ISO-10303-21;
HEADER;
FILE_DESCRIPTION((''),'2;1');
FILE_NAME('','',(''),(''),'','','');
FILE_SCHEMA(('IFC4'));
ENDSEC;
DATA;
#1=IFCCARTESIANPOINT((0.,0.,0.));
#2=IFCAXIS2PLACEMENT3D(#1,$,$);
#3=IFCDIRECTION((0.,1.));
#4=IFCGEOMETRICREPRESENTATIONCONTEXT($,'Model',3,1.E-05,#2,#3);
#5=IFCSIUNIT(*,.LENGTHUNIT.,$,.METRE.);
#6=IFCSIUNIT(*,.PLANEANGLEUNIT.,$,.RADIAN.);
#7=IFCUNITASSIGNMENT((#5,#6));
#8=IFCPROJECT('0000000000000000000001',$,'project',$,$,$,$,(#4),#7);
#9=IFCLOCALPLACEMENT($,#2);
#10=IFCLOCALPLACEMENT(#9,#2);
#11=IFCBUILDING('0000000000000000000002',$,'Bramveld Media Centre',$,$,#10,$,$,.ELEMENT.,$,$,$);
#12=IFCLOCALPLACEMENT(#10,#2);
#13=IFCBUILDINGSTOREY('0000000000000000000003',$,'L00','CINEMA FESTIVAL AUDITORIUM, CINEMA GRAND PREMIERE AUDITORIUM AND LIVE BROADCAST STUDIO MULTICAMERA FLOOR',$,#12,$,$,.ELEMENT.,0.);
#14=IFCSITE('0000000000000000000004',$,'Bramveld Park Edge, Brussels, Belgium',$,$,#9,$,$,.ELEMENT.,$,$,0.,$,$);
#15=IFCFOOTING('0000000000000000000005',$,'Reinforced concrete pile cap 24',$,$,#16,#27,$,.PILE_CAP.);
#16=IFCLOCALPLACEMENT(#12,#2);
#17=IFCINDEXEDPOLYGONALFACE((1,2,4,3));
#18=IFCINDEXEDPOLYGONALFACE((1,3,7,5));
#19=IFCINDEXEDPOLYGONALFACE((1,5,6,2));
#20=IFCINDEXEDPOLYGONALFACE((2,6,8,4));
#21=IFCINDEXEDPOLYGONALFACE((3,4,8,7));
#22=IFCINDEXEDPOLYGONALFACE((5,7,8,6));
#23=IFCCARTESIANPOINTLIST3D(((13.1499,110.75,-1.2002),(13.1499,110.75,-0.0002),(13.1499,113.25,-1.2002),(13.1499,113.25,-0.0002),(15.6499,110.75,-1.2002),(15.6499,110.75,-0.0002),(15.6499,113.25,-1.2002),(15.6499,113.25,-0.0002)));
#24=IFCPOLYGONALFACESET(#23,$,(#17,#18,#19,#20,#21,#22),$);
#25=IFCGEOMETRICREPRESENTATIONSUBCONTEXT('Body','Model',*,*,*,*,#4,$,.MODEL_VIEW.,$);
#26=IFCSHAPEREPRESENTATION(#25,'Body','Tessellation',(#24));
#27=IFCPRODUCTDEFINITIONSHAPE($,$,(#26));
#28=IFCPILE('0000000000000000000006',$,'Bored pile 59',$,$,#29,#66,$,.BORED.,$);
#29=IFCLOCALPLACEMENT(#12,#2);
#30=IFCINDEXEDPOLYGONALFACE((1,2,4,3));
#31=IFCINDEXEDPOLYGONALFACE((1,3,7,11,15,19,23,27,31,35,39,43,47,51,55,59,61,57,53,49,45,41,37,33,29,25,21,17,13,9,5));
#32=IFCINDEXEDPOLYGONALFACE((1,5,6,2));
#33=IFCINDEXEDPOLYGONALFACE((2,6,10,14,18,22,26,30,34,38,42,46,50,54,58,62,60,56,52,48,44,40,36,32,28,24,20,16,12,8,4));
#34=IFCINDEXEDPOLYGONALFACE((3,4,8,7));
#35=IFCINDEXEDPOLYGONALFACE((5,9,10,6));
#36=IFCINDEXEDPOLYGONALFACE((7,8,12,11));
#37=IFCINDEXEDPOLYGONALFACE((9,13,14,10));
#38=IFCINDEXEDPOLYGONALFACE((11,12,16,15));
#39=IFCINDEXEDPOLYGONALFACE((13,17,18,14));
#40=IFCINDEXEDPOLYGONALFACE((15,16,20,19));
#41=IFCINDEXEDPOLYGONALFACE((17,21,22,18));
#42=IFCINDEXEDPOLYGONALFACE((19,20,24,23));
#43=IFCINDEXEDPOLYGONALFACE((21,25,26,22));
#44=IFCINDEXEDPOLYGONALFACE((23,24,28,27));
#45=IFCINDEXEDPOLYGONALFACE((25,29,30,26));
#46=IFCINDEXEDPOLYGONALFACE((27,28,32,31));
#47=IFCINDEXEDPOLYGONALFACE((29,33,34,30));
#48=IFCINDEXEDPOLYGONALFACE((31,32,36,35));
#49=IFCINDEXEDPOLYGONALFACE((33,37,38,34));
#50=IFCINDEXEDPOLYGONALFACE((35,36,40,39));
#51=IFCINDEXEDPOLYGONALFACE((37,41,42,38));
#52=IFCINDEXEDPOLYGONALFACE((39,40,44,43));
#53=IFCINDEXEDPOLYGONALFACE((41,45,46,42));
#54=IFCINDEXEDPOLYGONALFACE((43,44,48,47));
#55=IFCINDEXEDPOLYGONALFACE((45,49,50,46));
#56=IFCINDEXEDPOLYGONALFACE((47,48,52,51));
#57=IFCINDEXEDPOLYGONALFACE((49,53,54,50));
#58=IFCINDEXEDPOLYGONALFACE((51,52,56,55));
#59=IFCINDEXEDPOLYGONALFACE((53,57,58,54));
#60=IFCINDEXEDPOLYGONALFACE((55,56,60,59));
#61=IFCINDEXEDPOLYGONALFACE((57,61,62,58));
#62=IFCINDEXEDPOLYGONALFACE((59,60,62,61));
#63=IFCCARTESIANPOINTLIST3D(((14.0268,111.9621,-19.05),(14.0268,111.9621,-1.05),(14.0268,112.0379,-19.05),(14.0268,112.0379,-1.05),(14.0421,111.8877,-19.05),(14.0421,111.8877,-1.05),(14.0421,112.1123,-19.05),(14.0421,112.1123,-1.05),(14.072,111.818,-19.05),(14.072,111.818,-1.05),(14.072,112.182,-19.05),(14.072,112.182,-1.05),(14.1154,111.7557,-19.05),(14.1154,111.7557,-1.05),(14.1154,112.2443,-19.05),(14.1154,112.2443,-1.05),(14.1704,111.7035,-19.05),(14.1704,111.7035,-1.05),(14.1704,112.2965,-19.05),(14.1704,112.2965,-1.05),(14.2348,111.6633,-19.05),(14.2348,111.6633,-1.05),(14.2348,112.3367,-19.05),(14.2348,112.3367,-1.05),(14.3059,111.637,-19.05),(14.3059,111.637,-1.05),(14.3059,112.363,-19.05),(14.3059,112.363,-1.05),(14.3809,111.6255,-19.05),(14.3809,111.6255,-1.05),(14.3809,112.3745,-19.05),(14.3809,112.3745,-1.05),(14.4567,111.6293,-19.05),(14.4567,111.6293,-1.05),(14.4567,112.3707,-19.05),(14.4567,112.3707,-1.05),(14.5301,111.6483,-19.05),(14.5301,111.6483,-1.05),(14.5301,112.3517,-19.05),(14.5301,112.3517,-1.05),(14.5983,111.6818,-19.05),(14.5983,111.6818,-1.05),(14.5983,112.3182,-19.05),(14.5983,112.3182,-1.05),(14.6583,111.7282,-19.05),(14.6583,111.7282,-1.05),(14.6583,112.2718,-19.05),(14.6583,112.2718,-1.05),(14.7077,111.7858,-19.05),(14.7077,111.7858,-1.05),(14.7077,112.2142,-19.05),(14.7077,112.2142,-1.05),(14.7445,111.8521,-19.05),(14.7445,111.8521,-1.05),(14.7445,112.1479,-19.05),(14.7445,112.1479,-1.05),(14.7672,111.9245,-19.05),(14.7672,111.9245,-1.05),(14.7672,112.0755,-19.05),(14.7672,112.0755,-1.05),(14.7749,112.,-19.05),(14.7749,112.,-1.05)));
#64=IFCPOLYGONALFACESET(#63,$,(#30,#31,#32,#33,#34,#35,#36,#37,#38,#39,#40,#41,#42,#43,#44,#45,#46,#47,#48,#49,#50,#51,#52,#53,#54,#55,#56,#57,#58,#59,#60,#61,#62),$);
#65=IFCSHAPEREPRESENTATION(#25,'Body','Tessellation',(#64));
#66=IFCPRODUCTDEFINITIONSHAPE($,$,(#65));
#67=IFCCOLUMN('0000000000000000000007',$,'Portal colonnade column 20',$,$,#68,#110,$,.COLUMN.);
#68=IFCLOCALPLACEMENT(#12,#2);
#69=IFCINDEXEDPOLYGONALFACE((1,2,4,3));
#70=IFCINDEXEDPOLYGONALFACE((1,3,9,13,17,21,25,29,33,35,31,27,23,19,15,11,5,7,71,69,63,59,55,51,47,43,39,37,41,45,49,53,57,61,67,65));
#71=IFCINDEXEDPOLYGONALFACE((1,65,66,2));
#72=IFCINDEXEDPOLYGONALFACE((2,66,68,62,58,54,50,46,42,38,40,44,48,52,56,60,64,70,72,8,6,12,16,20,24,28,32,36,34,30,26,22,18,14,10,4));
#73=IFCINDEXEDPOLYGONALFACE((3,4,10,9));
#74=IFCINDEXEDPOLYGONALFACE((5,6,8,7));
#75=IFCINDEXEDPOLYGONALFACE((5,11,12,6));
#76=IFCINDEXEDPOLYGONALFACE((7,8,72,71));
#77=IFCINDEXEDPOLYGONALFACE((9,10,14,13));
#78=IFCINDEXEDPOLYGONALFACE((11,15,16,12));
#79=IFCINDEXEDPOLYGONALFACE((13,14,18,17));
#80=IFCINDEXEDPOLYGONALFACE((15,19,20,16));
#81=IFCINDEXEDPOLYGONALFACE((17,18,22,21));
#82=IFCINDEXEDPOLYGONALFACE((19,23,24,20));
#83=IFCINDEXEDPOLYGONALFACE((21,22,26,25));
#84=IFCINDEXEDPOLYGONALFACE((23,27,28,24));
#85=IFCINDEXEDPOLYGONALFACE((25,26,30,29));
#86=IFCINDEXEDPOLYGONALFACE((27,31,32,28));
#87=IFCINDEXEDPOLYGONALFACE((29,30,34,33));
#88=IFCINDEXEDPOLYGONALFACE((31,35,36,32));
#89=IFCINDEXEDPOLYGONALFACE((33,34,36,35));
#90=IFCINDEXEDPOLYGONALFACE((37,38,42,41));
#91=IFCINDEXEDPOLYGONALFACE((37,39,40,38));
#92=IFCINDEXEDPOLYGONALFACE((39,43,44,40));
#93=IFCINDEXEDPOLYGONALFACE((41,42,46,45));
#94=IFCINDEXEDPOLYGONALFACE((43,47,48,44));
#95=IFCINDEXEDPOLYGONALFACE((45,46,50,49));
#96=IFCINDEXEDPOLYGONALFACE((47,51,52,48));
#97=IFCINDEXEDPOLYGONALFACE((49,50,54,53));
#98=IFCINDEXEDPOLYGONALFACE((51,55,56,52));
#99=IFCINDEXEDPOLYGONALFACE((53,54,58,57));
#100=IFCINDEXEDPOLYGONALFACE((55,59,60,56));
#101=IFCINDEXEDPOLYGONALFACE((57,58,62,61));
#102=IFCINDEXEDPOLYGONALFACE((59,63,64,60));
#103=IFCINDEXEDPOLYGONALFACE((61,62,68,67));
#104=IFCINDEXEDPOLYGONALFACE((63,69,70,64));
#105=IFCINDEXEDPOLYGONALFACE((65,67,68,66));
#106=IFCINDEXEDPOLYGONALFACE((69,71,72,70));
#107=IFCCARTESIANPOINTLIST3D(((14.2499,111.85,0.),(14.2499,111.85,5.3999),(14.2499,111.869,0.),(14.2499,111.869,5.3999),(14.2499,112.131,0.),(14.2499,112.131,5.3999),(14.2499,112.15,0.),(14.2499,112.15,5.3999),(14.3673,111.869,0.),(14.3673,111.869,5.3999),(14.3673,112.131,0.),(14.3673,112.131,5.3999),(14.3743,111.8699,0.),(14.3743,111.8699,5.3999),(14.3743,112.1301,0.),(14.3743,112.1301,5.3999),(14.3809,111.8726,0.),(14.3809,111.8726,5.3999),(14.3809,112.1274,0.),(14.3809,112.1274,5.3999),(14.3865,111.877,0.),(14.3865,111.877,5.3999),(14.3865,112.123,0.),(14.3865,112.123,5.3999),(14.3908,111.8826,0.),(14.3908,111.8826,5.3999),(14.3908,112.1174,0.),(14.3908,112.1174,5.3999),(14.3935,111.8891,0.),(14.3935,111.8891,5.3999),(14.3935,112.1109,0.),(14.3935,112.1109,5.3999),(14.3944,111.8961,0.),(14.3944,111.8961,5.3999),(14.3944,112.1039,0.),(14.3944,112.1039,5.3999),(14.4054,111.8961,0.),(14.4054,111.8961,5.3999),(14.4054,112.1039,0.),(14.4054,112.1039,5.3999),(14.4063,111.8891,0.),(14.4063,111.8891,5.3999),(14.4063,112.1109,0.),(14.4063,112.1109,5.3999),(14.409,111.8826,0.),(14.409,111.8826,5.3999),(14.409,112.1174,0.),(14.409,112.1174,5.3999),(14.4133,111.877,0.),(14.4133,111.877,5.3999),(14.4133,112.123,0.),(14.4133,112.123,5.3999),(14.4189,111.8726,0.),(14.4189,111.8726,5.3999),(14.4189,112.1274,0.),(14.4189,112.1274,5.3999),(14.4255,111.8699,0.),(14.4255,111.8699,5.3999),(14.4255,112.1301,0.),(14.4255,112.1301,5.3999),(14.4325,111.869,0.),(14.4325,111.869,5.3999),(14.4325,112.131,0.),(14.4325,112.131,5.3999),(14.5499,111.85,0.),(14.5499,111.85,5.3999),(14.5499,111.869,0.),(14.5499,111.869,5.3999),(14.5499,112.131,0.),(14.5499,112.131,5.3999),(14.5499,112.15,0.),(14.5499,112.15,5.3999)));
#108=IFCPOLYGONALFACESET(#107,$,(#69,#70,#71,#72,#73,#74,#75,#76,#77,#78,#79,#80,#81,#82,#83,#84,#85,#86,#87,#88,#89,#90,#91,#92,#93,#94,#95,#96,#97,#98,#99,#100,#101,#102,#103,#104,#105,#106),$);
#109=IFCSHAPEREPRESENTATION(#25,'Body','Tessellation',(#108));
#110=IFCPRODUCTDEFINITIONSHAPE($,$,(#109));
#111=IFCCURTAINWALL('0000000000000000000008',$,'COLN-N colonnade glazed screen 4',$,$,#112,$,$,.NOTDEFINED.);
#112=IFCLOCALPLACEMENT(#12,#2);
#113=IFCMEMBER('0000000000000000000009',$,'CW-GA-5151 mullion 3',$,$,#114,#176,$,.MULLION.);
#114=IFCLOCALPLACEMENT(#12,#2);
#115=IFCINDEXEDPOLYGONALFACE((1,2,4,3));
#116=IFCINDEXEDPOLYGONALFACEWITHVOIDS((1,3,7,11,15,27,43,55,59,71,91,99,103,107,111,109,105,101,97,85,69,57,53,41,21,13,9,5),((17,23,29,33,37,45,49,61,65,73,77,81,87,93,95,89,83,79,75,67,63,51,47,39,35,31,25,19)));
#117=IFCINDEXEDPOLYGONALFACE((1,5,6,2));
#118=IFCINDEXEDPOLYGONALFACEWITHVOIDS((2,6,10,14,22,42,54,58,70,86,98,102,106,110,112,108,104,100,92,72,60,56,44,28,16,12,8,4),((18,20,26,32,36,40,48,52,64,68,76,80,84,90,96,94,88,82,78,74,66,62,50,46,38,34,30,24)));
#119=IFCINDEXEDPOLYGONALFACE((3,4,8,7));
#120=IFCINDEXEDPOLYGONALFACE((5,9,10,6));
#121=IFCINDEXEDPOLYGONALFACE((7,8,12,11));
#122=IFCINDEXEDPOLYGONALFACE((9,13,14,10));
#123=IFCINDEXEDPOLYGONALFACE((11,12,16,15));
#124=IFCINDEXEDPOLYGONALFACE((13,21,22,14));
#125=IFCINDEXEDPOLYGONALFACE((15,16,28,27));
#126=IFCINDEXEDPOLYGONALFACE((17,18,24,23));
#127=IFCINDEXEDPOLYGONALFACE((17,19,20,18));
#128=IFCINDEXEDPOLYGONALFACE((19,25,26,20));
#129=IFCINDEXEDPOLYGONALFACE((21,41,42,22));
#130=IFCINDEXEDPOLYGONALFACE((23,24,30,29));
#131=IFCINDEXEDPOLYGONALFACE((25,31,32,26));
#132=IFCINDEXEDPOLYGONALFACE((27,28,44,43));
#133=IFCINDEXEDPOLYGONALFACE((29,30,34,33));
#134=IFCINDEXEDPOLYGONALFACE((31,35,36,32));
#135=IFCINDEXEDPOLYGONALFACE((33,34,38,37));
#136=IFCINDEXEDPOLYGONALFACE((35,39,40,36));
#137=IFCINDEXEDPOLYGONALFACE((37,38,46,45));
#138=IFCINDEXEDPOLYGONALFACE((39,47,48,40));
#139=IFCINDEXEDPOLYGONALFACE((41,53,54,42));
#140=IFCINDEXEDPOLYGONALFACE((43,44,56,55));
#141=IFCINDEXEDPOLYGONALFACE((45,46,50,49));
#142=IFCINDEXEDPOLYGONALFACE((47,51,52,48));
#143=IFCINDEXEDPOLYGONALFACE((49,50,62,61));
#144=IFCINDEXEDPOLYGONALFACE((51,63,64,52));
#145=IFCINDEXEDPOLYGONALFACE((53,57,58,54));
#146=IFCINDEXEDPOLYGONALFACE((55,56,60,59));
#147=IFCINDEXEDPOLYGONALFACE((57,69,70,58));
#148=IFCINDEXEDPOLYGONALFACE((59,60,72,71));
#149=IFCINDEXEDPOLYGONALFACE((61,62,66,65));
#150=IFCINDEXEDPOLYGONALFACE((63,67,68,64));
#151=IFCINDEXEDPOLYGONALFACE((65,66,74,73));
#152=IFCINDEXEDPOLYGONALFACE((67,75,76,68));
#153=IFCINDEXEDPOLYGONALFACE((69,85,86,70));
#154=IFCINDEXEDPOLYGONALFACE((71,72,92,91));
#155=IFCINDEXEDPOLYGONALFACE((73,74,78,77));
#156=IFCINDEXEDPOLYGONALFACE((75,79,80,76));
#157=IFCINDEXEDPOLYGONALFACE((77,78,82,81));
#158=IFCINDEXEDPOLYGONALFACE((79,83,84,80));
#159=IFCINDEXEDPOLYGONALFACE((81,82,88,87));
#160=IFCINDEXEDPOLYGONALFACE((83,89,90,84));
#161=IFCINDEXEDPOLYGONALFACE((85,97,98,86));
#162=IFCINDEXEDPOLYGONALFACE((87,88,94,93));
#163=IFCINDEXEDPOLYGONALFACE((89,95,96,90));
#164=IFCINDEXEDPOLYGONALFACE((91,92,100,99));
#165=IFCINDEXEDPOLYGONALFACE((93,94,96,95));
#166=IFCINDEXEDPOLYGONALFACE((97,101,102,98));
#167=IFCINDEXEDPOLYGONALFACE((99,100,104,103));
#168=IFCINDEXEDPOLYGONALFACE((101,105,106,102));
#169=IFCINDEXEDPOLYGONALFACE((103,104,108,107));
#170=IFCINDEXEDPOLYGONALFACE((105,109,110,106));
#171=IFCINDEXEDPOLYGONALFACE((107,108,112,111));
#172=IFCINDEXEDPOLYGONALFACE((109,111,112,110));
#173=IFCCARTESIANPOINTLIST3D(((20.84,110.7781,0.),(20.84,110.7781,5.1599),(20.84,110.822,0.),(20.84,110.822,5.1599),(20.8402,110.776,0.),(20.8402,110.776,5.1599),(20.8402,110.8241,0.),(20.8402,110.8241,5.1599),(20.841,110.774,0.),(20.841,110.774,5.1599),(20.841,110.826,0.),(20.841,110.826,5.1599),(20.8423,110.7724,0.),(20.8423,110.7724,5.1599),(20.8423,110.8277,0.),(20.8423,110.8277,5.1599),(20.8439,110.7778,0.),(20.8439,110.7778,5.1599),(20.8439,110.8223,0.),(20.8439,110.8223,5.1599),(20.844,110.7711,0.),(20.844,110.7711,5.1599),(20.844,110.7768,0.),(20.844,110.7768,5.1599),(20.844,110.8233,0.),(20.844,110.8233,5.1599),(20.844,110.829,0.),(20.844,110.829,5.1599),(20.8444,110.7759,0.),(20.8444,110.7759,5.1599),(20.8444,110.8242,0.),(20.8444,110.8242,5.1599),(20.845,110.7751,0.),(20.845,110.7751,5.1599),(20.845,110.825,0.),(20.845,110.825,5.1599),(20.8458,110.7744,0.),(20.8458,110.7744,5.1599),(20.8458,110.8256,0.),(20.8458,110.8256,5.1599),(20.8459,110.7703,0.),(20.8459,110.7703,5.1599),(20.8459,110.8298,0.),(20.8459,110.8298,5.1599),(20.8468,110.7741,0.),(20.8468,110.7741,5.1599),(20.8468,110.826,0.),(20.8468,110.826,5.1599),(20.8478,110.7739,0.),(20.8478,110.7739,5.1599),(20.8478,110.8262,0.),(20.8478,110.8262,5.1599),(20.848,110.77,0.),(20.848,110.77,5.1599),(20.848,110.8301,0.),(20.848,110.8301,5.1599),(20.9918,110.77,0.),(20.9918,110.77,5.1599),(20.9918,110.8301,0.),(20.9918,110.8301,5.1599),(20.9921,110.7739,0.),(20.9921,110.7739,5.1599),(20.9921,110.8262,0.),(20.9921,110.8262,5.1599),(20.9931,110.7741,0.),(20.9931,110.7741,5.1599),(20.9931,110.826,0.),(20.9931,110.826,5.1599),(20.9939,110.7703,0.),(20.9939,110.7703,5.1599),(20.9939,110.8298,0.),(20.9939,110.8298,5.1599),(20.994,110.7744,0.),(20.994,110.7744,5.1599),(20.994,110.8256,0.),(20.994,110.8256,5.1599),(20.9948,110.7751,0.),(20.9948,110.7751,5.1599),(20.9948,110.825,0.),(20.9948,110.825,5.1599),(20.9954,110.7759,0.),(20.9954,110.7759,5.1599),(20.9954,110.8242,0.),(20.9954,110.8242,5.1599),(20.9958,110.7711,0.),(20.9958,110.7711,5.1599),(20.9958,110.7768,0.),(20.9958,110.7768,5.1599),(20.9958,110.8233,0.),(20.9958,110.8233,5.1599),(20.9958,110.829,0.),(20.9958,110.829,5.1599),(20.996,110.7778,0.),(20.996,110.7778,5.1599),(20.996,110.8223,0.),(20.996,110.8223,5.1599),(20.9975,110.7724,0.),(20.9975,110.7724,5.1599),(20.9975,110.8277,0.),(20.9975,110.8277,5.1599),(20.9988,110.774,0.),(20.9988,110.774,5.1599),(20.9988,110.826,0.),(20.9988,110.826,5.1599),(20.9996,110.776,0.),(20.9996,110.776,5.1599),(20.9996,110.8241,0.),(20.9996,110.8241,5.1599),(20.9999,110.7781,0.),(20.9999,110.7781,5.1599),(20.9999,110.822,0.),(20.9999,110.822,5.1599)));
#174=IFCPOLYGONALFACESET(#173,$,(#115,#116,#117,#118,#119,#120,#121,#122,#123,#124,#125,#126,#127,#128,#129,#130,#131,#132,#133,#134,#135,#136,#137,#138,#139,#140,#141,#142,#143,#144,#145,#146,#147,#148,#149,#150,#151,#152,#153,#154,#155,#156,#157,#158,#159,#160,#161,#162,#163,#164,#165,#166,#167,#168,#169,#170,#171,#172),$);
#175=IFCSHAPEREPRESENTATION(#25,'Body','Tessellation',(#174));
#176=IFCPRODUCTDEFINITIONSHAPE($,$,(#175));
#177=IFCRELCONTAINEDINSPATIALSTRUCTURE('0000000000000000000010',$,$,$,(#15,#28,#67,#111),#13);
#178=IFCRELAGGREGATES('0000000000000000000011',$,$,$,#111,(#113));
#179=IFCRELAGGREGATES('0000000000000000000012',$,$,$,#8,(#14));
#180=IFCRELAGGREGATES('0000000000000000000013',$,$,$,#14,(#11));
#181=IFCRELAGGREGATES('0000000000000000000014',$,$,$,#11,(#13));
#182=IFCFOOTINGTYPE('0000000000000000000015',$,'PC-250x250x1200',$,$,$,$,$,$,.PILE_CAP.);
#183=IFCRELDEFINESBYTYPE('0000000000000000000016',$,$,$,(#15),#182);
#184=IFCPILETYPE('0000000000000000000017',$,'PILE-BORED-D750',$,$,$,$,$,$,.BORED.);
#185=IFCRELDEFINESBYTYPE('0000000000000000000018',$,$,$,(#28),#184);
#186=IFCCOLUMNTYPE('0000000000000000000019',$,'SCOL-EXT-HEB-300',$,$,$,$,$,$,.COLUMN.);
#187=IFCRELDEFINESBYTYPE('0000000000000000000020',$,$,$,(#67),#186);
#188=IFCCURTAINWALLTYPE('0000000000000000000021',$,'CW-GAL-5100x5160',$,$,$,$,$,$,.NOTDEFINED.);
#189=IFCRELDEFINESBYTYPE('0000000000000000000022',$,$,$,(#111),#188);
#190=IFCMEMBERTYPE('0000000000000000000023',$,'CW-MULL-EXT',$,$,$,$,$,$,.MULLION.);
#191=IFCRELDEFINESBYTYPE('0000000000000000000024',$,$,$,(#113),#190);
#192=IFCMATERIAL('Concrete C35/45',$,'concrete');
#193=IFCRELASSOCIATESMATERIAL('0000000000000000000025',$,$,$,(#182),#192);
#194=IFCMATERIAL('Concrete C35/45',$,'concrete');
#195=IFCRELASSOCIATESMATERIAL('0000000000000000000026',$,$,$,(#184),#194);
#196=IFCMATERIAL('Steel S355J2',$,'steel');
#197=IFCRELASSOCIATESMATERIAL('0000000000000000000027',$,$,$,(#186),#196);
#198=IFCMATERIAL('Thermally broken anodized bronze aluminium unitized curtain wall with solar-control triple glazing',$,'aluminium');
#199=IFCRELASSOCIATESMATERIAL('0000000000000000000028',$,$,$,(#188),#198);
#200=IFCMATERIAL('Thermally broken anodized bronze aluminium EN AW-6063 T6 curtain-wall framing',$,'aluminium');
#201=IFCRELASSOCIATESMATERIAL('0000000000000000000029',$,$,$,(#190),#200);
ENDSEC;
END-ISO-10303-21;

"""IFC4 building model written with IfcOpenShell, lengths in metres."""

from ifc_helpers import new_model, si_unit, direction, frame, origin, origin_2d, place, context, subcontext, project, spatial, rectangle, hollow_rectangle, circle, i_section, extrude, material, material_profile, profile_set, type_object, element, aggregate, save


model = new_model("IFC4")

# Units and contexts
model_context = context("Model", 3, precision=1e-05, world=origin(), true_north=direction((0.0, 1.0)))
body_context = subcontext(model_context, "Body", "Model", "MODEL_VIEW")
ifc_project = project(units=[si_unit("LENGTHUNIT", "METRE"), si_unit("PLANEANGLEUNIT", "RADIAN")], contexts=[model_context])

# Site, building, storey
site_placement = place(None, origin())
site = spatial("IfcSite", under=ifc_project, at=site_placement, Name="Bramveld Park Edge, Brussels, Belgium", CompositionType="ELEMENT", RefElevation=0.0)
building_placement = place(site_placement, origin())
building = spatial("IfcBuilding", under=site, at=building_placement, Name="Bramveld Media Centre", CompositionType="ELEMENT")
storey_placement = place(building_placement, origin())
storey = spatial("IfcBuildingStorey", under=building, at=storey_placement, Name="L00", Description="CINEMA FESTIVAL AUDITORIUM, CINEMA GRAND PREMIERE AUDITORIUM AND LIVE BROADCAST STUDIO MULTICAMERA FLOOR", CompositionType="ELEMENT", Elevation=0.0)

# Footing
ifc_material_1 = material(Name="Concrete C35/45", Category="concrete")
footing_type = type_object("IfcFootingType", Name="PC-250x250x1200", PredefinedType="PILE_CAP", material=ifc_material_1)
footing_placement = place(storey_placement, frame((14.3999, 112.0, -1.2002), z_axis=(0.0, 0.0, 1.0), x_axis=(1.0, 0.0, 0.0)))
element("IfcFooting", 1, at=footing_placement, inside=storey, type_object=footing_type, Name="Reinforced concrete pile cap 24", PredefinedType="PILE_CAP", context=body_context, shape_type="SweptSolid", body=[
    extrude(rectangle(XDim=2.5, YDim=2.5, at=origin_2d()), origin(), (0.0, 0.0, 1.0), 1.2),
])

# Pile
ifc_material_2 = material(Name="Concrete C35/45", Category="concrete")
ifc_material_profile_1 = material_profile(ifc_material_2, circle(Radius=0.375, at=origin_2d()), Name="BORED D750")
ifc_profile_set_1 = profile_set([ifc_material_profile_1], Name="Concrete C35/45")
pile_type = type_object("IfcPileType", Name="PILE-BORED-D750", PredefinedType="BORED", material=ifc_profile_set_1)
pile_placement = place(storey_placement, frame((14.3999, 112.0, -1.05), z_axis=(0.0, 0.0, -1.0), x_axis=(1.0, 0.0, 0.0)))
element("IfcPile", 2, at=pile_placement, inside=storey, type_object=pile_type, Name="Bored pile 59", PredefinedType="BORED", context=body_context, shape_type="SweptSolid", body=[
    extrude(circle(Radius=0.375, at=origin_2d()), origin(), (0.0, 0.0, 1.0), 18.0),
])

# Column
ifc_material_3 = material(Name="Steel S355J2", Category="steel")
ifc_material_profile_2 = material_profile(ifc_material_3, i_section(OverallWidth=0.3, OverallDepth=0.3, WebThickness=0.011, FlangeThickness=0.019, FilletRadius=0.0271, at=origin_2d()), Name="HEB 300")
ifc_profile_set_2 = profile_set([ifc_material_profile_2], Name="Steel S355J2")
column_type = type_object("IfcColumnType", Name="SCOL-EXT-HEB-300", PredefinedType="COLUMN", material=ifc_profile_set_2)
column_placement = place(storey_placement, frame((14.3999, 112.0, 0.0), z_axis=(0.0, 0.0, 1.0), x_axis=(1.0, 0.0, 0.0)))
element("IfcColumn", 3, at=column_placement, inside=storey, type_object=column_type, Name="Portal colonnade column 20", PredefinedType="COLUMN", context=body_context, shape_type="SweptSolid", body=[
    extrude(i_section(OverallWidth=0.3, OverallDepth=0.3, WebThickness=0.011, FlangeThickness=0.019, FilletRadius=0.0271, at=origin_2d()), origin(), (0.0, 0.0, 1.0), 5.3999),
])

# Curtain wall, member
ifc_material_4 = material(Name="Thermally broken anodized bronze aluminium unitized curtain wall with solar-control triple glazing", Category="aluminium")
curtain_wall_type = type_object("IfcCurtainWallType", Name="CW-GAL-5100x5160", PredefinedType="NOTDEFINED", material=ifc_material_4)
curtain_wall_1_placement = place(storey_placement, origin())
curtain_wall_1 = element("IfcCurtainWall", 4, at=curtain_wall_1_placement, inside=storey, type_object=curtain_wall_type, Name="COLN-N colonnade glazed screen 4", PredefinedType="NOTDEFINED")
ifc_material_5 = material(Name="Thermally broken anodized bronze aluminium EN AW-6063 T6 curtain-wall framing", Category="aluminium")
ifc_material_profile_3 = material_profile(ifc_material_5, hollow_rectangle(XDim=0.0601, YDim=0.1599, WallThickness=0.0039, InnerFilletRadius=0.0039, OuterFilletRadius=0.0081, at=origin_2d()), Name="AL-MULL 60x160")
ifc_profile_set_3 = profile_set([ifc_material_profile_3], Name="Thermally broken anodized bronze aluminium EN AW-6063 T6 curtain-wall framing")
member_type_1 = type_object("IfcMemberType", Name="CW-MULL-EXT", PredefinedType="MULLION", material=ifc_profile_set_3)
member_1_placement = place(storey_placement, frame((20.9199, 110.8, 0.0), z_axis=(0.0, 0.0, 1.0), x_axis=(0.0, 1.0, 0.0)))
member_1 = element("IfcMember", 5, at=member_1_placement, type_object=member_type_1, Name="CW-GA-5151 mullion 3", PredefinedType="MULLION", context=body_context, shape_type="SweptSolid", body=[
    extrude(hollow_rectangle(XDim=0.0601, YDim=0.1599, WallThickness=0.0039, InnerFilletRadius=0.0039, OuterFilletRadius=0.0081, at=origin_2d()), origin(), (0.0, 0.0, 1.0), 5.1599),
])

aggregate(curtain_wall_1, [member_1])

save(model, "model.ifc")
